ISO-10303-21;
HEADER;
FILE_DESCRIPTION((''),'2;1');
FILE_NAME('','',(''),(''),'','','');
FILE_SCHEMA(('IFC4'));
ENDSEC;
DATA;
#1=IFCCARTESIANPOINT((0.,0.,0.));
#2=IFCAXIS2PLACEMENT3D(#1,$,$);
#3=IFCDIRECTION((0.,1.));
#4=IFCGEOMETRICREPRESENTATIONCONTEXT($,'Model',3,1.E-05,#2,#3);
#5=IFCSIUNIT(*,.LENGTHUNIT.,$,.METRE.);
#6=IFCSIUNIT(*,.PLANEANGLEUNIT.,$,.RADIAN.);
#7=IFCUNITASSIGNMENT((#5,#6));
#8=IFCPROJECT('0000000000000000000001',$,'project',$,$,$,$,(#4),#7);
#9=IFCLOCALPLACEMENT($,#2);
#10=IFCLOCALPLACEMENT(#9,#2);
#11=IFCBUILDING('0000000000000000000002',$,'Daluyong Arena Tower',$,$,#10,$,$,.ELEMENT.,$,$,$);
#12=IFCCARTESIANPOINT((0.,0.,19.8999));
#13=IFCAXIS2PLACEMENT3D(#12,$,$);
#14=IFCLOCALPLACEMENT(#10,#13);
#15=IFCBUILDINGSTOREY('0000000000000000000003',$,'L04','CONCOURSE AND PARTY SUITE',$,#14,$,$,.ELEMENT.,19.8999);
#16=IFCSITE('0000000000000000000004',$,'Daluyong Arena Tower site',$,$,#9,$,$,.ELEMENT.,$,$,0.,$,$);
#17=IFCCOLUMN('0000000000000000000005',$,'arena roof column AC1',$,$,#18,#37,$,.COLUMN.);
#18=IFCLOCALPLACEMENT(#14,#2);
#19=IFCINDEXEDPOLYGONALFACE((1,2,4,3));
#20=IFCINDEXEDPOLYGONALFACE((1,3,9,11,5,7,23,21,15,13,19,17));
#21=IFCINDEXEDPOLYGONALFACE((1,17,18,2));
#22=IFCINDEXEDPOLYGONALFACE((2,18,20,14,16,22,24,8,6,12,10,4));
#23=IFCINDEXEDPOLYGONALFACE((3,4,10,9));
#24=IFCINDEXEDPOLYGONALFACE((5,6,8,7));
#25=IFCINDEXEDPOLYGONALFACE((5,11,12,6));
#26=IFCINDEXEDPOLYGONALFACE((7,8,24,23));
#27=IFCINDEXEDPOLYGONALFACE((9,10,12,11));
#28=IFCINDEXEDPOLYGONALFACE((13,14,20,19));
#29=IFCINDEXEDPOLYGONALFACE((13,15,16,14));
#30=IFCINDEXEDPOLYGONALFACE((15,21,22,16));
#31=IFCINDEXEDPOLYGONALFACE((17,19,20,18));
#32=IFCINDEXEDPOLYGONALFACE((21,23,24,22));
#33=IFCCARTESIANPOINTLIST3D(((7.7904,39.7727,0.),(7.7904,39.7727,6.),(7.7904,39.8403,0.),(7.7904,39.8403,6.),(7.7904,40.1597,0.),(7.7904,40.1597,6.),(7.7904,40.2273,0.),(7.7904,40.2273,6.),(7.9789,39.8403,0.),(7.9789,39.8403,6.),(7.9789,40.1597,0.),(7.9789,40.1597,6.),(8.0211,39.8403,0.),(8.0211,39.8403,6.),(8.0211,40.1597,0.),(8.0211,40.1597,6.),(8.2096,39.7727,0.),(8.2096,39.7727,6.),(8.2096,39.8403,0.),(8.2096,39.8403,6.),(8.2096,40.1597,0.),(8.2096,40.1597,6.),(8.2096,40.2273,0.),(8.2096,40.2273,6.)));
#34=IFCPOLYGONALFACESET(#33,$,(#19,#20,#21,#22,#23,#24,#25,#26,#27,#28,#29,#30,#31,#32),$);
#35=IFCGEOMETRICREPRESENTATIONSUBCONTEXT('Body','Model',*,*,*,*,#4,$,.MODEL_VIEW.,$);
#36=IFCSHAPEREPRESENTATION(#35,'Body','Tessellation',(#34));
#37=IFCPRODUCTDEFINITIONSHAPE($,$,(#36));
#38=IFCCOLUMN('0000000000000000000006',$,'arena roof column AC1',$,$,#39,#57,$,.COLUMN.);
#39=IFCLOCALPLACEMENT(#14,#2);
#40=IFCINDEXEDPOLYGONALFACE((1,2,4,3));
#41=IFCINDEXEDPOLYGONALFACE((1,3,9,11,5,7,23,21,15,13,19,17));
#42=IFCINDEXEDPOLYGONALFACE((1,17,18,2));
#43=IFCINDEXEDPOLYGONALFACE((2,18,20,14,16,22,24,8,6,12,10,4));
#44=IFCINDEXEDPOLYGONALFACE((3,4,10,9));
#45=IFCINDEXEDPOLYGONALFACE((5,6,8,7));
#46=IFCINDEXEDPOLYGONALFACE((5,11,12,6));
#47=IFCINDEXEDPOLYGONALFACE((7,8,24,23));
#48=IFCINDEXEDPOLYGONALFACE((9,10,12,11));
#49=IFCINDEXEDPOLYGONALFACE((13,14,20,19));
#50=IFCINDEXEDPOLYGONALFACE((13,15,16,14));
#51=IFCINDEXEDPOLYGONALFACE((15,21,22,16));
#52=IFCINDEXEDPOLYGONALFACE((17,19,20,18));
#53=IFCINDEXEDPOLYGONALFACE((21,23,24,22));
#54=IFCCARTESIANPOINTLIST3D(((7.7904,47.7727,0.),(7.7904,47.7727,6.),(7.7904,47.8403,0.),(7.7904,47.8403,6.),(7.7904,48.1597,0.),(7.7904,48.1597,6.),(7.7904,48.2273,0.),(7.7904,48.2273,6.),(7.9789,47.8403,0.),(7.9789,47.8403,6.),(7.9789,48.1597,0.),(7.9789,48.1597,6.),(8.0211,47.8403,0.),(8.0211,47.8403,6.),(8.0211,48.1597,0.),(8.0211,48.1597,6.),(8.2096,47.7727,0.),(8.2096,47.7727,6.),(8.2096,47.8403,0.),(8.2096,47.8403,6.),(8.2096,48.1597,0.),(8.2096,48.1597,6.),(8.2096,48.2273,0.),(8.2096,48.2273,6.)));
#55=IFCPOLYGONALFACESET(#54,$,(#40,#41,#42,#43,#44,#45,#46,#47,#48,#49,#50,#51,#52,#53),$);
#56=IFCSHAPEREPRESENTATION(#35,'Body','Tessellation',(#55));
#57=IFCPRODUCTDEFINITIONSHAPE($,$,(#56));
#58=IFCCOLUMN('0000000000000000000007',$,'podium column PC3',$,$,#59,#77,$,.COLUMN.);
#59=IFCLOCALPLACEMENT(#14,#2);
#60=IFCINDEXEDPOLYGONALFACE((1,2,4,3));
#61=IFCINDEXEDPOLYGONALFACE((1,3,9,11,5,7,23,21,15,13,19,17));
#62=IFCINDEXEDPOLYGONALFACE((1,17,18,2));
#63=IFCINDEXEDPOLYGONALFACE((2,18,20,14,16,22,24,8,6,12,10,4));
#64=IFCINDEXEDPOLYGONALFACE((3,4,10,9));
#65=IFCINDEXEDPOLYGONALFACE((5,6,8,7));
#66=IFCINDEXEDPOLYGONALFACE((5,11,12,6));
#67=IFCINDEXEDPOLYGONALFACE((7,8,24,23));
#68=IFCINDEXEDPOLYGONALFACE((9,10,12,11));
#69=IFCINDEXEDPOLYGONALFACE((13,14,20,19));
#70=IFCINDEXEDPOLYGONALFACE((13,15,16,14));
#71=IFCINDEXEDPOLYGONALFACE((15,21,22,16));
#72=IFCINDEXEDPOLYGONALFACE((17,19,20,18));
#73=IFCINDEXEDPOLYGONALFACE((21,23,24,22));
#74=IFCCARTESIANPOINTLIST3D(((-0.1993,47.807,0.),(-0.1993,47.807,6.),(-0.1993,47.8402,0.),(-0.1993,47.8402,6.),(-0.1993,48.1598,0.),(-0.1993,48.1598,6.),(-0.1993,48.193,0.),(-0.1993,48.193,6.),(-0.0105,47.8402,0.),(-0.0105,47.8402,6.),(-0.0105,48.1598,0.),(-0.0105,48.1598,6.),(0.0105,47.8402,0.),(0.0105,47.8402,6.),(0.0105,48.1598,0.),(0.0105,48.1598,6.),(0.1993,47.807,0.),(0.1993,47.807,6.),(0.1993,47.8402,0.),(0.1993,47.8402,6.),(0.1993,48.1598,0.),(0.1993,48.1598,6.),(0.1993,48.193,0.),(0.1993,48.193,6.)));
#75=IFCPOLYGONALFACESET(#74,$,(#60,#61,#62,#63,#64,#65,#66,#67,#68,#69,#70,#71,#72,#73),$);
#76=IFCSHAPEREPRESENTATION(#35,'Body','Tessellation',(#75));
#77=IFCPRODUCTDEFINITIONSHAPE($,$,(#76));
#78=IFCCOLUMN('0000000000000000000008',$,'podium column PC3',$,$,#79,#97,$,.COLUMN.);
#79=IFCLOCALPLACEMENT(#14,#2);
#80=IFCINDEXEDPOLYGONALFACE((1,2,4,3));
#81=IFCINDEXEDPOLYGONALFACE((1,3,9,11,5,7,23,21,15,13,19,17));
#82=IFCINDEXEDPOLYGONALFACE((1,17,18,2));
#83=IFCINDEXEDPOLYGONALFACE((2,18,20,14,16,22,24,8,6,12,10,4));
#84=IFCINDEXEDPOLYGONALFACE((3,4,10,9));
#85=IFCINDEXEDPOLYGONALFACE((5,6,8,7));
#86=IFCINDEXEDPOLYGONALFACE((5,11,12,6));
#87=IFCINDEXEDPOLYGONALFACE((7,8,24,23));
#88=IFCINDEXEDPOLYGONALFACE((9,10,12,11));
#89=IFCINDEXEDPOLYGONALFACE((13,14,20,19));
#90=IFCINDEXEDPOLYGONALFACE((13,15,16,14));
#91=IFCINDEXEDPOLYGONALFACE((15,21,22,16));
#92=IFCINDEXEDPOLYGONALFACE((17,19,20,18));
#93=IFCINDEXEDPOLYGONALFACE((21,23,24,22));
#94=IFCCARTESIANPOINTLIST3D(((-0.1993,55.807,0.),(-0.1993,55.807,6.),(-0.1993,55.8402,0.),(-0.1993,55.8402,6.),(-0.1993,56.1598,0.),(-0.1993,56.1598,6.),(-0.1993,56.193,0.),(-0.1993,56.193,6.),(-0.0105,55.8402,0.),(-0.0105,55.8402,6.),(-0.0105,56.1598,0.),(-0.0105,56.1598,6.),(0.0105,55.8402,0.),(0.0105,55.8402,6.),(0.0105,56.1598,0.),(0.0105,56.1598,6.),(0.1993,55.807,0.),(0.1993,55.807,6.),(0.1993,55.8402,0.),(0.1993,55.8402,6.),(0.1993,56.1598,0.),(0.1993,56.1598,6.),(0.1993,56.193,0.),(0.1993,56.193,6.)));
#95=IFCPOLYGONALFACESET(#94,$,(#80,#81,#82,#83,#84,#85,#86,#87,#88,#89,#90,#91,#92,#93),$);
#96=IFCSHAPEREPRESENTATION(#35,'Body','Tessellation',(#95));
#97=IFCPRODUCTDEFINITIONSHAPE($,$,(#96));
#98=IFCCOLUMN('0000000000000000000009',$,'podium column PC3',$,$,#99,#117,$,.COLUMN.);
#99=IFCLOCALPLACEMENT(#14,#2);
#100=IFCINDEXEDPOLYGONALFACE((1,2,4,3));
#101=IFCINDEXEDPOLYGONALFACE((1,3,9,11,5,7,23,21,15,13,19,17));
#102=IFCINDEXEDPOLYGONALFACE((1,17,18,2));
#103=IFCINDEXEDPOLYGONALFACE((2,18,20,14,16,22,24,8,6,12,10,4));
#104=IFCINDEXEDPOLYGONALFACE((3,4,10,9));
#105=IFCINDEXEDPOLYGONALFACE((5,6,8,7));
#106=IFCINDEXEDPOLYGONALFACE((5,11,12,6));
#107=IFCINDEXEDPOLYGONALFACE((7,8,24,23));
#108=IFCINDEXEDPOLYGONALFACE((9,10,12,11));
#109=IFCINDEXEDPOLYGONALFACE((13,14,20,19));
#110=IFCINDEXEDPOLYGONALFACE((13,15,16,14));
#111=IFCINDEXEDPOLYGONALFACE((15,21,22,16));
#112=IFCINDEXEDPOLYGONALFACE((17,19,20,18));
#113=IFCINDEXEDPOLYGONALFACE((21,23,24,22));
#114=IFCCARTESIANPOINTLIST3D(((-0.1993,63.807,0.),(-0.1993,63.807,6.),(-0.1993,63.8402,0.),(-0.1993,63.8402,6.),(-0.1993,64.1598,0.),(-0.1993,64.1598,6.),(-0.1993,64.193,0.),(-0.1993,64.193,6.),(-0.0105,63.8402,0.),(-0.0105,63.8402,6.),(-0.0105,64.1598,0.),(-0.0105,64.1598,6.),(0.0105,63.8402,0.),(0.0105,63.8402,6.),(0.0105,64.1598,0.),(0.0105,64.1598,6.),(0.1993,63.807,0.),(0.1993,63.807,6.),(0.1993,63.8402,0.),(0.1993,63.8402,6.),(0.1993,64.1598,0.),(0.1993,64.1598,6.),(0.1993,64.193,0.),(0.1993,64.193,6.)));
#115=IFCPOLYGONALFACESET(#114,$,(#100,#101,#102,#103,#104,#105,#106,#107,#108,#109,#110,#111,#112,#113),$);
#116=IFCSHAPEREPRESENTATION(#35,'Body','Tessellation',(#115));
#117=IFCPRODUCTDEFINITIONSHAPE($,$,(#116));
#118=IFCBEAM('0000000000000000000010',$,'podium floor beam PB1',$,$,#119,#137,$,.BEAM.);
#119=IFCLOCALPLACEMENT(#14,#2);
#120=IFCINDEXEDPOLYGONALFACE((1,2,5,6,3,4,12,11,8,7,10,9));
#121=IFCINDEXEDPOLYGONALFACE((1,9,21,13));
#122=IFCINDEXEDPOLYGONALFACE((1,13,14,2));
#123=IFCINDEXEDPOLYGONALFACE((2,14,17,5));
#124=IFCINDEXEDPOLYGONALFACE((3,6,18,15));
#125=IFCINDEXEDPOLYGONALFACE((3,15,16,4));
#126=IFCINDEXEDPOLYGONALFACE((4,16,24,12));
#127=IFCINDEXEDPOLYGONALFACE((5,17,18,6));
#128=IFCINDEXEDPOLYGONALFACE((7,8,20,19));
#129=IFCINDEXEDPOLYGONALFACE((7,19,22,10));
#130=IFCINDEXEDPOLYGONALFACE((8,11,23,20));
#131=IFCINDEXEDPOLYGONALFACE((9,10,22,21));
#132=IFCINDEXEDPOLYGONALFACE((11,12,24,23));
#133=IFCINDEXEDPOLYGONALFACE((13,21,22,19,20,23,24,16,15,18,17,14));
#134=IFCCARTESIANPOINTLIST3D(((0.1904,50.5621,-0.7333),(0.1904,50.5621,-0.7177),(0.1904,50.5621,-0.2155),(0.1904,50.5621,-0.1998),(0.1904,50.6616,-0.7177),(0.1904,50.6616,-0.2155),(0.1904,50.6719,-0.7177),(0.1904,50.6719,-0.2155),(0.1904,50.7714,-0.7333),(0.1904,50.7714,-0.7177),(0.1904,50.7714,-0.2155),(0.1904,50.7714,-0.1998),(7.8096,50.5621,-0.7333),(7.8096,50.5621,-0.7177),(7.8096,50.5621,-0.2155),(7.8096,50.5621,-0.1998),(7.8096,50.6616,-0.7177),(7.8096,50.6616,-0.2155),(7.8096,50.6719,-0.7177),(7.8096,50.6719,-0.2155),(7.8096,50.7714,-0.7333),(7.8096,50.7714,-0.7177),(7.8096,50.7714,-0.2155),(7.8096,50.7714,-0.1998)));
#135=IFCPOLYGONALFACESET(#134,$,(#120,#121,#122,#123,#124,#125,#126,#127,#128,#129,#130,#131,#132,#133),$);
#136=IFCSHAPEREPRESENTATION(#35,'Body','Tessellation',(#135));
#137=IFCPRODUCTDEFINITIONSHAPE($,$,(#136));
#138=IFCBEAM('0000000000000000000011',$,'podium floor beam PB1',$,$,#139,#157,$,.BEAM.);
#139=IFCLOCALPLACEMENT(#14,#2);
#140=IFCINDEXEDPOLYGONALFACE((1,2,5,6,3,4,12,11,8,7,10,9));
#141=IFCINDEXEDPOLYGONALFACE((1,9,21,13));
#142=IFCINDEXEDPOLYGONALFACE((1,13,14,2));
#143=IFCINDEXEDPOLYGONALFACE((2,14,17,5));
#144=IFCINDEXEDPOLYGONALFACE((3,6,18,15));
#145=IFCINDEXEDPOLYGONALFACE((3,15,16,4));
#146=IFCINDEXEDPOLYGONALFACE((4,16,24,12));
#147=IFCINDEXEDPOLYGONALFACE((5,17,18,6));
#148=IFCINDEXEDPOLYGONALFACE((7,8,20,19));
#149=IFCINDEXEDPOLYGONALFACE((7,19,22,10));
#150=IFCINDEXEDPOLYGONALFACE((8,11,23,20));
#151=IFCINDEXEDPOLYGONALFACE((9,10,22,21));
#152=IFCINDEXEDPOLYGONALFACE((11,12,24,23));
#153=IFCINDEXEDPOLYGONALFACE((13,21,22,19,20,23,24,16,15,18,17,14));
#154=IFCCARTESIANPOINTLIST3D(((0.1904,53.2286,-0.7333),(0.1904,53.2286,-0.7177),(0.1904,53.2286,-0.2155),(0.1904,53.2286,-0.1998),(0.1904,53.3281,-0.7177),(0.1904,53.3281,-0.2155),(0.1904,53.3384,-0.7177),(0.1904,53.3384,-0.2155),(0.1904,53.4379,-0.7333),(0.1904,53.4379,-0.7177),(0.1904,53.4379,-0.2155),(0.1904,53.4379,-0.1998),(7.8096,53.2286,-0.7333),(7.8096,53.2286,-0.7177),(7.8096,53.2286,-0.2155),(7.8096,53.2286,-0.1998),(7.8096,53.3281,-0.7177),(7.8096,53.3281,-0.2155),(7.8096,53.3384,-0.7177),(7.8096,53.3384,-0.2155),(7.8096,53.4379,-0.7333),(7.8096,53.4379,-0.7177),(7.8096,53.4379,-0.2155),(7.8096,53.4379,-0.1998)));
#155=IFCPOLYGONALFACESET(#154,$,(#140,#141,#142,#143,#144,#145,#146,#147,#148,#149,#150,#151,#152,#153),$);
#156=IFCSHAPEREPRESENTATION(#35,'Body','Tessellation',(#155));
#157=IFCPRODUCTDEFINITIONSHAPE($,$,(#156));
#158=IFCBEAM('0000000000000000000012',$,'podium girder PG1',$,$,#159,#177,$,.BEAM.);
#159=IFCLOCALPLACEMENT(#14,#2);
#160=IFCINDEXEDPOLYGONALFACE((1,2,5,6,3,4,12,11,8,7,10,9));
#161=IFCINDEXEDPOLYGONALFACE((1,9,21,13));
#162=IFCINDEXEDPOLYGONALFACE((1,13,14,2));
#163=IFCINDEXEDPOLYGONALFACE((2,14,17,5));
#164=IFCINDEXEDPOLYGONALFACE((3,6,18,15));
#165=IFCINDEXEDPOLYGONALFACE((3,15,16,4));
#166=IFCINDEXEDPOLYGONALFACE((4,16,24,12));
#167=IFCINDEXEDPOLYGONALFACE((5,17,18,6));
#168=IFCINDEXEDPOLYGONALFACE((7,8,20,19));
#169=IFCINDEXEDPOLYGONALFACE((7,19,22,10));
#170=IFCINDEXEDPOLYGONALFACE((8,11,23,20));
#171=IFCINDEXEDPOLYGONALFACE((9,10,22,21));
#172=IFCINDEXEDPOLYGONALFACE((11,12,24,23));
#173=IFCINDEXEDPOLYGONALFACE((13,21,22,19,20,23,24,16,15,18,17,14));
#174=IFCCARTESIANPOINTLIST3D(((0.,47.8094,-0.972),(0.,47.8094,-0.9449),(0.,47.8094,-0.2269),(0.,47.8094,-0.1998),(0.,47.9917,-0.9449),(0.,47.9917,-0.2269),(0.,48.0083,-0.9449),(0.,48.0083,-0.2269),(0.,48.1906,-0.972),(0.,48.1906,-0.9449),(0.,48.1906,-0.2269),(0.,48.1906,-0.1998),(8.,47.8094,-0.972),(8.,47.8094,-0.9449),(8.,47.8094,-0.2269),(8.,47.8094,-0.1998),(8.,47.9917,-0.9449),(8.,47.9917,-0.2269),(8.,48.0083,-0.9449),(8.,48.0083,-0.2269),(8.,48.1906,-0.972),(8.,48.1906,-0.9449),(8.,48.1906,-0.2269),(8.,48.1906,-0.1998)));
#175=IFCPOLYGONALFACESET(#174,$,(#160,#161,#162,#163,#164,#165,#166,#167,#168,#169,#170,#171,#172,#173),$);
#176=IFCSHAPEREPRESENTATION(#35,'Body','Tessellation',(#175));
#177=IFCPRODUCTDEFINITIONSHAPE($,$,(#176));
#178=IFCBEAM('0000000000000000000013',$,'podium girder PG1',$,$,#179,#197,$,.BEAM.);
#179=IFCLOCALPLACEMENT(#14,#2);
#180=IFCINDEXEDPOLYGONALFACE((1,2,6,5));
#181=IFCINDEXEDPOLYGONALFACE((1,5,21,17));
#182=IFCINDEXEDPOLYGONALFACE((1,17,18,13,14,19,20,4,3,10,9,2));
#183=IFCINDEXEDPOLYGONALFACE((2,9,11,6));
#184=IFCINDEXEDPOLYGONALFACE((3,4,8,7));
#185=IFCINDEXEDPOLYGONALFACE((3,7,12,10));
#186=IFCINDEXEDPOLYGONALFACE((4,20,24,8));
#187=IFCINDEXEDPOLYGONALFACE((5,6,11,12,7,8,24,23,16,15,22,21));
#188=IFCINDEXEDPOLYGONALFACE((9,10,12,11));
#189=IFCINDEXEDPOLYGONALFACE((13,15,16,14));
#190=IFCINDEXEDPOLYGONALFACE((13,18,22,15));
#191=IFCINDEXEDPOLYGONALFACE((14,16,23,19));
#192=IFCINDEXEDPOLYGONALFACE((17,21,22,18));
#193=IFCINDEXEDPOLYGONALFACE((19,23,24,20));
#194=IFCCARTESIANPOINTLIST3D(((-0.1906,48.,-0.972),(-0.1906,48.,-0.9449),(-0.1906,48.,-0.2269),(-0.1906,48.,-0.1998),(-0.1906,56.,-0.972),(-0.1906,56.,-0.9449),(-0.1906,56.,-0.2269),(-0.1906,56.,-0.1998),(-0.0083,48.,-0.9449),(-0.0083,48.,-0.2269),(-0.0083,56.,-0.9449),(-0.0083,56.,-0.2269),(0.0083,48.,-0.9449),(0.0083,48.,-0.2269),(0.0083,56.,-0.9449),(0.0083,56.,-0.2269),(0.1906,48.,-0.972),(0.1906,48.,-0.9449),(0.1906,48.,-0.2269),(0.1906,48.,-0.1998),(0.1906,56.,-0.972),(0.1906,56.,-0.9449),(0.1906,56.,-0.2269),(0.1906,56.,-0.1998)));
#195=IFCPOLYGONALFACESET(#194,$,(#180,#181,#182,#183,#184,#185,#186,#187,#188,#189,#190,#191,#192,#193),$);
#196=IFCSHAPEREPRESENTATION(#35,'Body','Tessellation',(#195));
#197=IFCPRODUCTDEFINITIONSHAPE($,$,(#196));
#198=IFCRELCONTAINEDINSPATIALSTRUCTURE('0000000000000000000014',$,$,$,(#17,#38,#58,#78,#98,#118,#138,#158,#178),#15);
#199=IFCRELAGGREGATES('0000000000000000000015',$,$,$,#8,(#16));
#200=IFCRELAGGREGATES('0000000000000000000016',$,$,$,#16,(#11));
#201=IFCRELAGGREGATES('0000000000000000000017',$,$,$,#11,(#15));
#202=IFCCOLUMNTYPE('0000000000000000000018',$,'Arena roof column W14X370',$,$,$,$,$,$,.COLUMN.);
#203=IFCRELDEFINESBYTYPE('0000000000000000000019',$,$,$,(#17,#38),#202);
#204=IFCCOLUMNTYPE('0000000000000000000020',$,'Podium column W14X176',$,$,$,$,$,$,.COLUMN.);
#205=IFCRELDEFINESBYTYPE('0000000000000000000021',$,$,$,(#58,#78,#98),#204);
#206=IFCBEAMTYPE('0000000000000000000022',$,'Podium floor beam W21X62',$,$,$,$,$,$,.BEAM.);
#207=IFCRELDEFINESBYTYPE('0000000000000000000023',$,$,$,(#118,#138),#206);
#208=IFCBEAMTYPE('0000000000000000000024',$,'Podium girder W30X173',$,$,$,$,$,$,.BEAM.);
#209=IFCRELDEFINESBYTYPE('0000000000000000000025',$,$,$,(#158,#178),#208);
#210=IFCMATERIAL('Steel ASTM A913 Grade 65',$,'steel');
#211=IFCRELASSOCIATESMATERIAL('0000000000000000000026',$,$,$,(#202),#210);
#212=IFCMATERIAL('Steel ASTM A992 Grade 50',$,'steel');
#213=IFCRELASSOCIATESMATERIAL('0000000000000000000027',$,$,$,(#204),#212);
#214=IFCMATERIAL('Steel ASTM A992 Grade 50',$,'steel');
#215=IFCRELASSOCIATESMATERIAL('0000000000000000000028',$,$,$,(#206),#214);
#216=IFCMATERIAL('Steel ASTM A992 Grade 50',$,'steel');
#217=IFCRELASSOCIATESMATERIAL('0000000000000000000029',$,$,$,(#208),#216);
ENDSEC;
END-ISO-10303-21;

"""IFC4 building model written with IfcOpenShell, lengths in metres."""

from ifc_helpers import new_model, si_unit, direction, frame, origin, origin_2d, place, context, subcontext, project, spatial, i_section, extrude, material, material_profile, profile_set, type_object, element, save


model = new_model("IFC4")

# Units and contexts
model_context = context("Model", 3, precision=1e-05, world=origin(), true_north=direction((0.0, 1.0)))
body_context = subcontext(model_context, "Body", "Model", "MODEL_VIEW")
ifc_project = project(units=[si_unit("LENGTHUNIT", "METRE"), si_unit("PLANEANGLEUNIT", "RADIAN")], contexts=[model_context])

# Site, building, storey
site_placement = place(None, origin())
site = spatial("IfcSite", under=ifc_project, at=site_placement, Name="Daluyong Arena Tower site", CompositionType="ELEMENT", RefElevation=0.0)
building_placement = place(site_placement, origin())
building = spatial("IfcBuilding", under=site, at=building_placement, Name="Daluyong Arena Tower", CompositionType="ELEMENT")
storey_placement = place(building_placement, frame((0.0, 0.0, 19.8999)))
storey = spatial("IfcBuildingStorey", under=building, at=storey_placement, Name="L04", Description="CONCOURSE AND PARTY SUITE", CompositionType="ELEMENT", Elevation=19.8999)

# Columns
ifc_material_1 = material(Name="Steel ASTM A913 Grade 65", Category="steel")
ifc_material_profile_1 = material_profile(ifc_material_1, i_section(OverallWidth=0.4192, OverallDepth=0.4546, WebThickness=0.0422, FlangeThickness=0.0676, at=origin_2d()))
ifc_profile_set_1 = profile_set([ifc_material_profile_1], Name="Steel ASTM A913 Grade 65")
column_type_1 = type_object("IfcColumnType", Name="Arena roof column W14X370", PredefinedType="COLUMN", material=ifc_profile_set_1)
for number, where, z_axis, x_axis, name in (
    (1, (8.0, 40.0, 0.0), (0.0, 0.0, 1.0), (1.0, 0.0, 0.0), "arena roof column AC1"),
    (2, (8.0, 48.0, 0.0), (0.0, 0.0, 1.0), (1.0, 0.0, 0.0), "arena roof column AC1"),
):
    element("IfcColumn", number, at=place(storey_placement, frame(where, z_axis=z_axis, x_axis=x_axis)), inside=storey, type_object=column_type_1, Name=name, PredefinedType="COLUMN", context=body_context, shape_type="SweptSolid", body=[
        extrude(i_section(OverallWidth=0.4192, OverallDepth=0.4546, WebThickness=0.0422, FlangeThickness=0.0676, at=origin_2d()), origin(), (0.0, 0.0, 1.0), 6.0),
    ])
ifc_material_2 = material(Name="Steel ASTM A992 Grade 50", Category="steel")
ifc_material_profile_2 = material_profile(ifc_material_2, i_section(OverallWidth=0.3987, OverallDepth=0.386, WebThickness=0.021, FlangeThickness=0.0332, at=origin_2d()))
ifc_profile_set_2 = profile_set([ifc_material_profile_2], Name="Steel ASTM A992 Grade 50")
column_type_2 = type_object("IfcColumnType", Name="Podium column W14X176", PredefinedType="COLUMN", material=ifc_profile_set_2)
for number, where, z_axis, x_axis, name in (
    (3, (0.0, 48.0, 0.0), (0.0, 0.0, 1.0), (1.0, 0.0, 0.0), "podium column PC3"),
    (4, (0.0, 56.0, 0.0), (0.0, 0.0, 1.0), (1.0, 0.0, 0.0), "podium column PC3"),
    (5, (0.0, 64.0, 0.0), (0.0, 0.0, 1.0), (1.0, 0.0, 0.0), "podium column PC3"),
):
    element("IfcColumn", number, at=place(storey_placement, frame(where, z_axis=z_axis, x_axis=x_axis)), inside=storey, type_object=column_type_2, Name=name, PredefinedType="COLUMN", context=body_context, shape_type="SweptSolid", body=[
        extrude(i_section(OverallWidth=0.3987, OverallDepth=0.386, WebThickness=0.021, FlangeThickness=0.0332, at=origin_2d()), origin(), (0.0, 0.0, 1.0), 6.0),
    ])

# Beams
ifc_material_3 = material(Name="Steel ASTM A992 Grade 50", Category="steel")
ifc_material_profile_3 = material_profile(ifc_material_3, i_section(OverallWidth=0.2092, OverallDepth=0.5334, WebThickness=0.0103, FlangeThickness=0.0156, at=origin_2d()))
ifc_profile_set_3 = profile_set([ifc_material_profile_3], Name="Steel ASTM A992 Grade 50")
beam_type_1 = type_object("IfcBeamType", Name="Podium floor beam W21X62", PredefinedType="BEAM", material=ifc_profile_set_3)
for number, where, z_axis, x_axis, name in (
    (6, (0.1904, 50.6667, -0.4666), (1.0, 0.0, 0.0), (0.0, 1.0, 0.0), "podium floor beam PB1"),
    (7, (0.1904, 53.3333, -0.4666), (1.0, 0.0, 0.0), (0.0, 1.0, 0.0), "podium floor beam PB1"),
):
    element("IfcBeam", number, at=place(storey_placement, frame(where, z_axis=z_axis, x_axis=x_axis)), inside=storey, type_object=beam_type_1, Name=name, PredefinedType="BEAM", context=body_context, shape_type="SweptSolid", body=[
        extrude(i_section(OverallWidth=0.2092, OverallDepth=0.5334, WebThickness=0.0103, FlangeThickness=0.0156, at=origin_2d()), origin(), (0.0, 0.0, 1.0), 7.6191),
    ])
ifc_material_4 = material(Name="Steel ASTM A992 Grade 50", Category="steel")
ifc_material_profile_4 = material_profile(ifc_material_4, i_section(OverallWidth=0.3811, OverallDepth=0.7722, WebThickness=0.0166, FlangeThickness=0.0271, at=origin_2d()))
ifc_profile_set_4 = profile_set([ifc_material_profile_4], Name="Steel ASTM A992 Grade 50")
beam_type_2 = type_object("IfcBeamType", Name="Podium girder W30X173", PredefinedType="BEAM", material=ifc_profile_set_4)
for number, where, z_axis, x_axis, name in (
    (8, (0.0, 48.0, -0.5859), (1.0, 0.0, 0.0), (0.0, 1.0, 0.0), "podium girder PG1"),
    (9, (0.0, 48.0, -0.5859), (0.0, 1.0, 0.0), (-1.0, 0.0, 0.0), "podium girder PG1"),
):
    element("IfcBeam", number, at=place(storey_placement, frame(where, z_axis=z_axis, x_axis=x_axis)), inside=storey, type_object=beam_type_2, Name=name, PredefinedType="BEAM", context=body_context, shape_type="SweptSolid", body=[
        extrude(i_section(OverallWidth=0.3811, OverallDepth=0.7722, WebThickness=0.0166, FlangeThickness=0.0271, at=origin_2d()), origin(), (0.0, 0.0, 1.0), 8.0),
    ])

save(model, "model.ifc")
